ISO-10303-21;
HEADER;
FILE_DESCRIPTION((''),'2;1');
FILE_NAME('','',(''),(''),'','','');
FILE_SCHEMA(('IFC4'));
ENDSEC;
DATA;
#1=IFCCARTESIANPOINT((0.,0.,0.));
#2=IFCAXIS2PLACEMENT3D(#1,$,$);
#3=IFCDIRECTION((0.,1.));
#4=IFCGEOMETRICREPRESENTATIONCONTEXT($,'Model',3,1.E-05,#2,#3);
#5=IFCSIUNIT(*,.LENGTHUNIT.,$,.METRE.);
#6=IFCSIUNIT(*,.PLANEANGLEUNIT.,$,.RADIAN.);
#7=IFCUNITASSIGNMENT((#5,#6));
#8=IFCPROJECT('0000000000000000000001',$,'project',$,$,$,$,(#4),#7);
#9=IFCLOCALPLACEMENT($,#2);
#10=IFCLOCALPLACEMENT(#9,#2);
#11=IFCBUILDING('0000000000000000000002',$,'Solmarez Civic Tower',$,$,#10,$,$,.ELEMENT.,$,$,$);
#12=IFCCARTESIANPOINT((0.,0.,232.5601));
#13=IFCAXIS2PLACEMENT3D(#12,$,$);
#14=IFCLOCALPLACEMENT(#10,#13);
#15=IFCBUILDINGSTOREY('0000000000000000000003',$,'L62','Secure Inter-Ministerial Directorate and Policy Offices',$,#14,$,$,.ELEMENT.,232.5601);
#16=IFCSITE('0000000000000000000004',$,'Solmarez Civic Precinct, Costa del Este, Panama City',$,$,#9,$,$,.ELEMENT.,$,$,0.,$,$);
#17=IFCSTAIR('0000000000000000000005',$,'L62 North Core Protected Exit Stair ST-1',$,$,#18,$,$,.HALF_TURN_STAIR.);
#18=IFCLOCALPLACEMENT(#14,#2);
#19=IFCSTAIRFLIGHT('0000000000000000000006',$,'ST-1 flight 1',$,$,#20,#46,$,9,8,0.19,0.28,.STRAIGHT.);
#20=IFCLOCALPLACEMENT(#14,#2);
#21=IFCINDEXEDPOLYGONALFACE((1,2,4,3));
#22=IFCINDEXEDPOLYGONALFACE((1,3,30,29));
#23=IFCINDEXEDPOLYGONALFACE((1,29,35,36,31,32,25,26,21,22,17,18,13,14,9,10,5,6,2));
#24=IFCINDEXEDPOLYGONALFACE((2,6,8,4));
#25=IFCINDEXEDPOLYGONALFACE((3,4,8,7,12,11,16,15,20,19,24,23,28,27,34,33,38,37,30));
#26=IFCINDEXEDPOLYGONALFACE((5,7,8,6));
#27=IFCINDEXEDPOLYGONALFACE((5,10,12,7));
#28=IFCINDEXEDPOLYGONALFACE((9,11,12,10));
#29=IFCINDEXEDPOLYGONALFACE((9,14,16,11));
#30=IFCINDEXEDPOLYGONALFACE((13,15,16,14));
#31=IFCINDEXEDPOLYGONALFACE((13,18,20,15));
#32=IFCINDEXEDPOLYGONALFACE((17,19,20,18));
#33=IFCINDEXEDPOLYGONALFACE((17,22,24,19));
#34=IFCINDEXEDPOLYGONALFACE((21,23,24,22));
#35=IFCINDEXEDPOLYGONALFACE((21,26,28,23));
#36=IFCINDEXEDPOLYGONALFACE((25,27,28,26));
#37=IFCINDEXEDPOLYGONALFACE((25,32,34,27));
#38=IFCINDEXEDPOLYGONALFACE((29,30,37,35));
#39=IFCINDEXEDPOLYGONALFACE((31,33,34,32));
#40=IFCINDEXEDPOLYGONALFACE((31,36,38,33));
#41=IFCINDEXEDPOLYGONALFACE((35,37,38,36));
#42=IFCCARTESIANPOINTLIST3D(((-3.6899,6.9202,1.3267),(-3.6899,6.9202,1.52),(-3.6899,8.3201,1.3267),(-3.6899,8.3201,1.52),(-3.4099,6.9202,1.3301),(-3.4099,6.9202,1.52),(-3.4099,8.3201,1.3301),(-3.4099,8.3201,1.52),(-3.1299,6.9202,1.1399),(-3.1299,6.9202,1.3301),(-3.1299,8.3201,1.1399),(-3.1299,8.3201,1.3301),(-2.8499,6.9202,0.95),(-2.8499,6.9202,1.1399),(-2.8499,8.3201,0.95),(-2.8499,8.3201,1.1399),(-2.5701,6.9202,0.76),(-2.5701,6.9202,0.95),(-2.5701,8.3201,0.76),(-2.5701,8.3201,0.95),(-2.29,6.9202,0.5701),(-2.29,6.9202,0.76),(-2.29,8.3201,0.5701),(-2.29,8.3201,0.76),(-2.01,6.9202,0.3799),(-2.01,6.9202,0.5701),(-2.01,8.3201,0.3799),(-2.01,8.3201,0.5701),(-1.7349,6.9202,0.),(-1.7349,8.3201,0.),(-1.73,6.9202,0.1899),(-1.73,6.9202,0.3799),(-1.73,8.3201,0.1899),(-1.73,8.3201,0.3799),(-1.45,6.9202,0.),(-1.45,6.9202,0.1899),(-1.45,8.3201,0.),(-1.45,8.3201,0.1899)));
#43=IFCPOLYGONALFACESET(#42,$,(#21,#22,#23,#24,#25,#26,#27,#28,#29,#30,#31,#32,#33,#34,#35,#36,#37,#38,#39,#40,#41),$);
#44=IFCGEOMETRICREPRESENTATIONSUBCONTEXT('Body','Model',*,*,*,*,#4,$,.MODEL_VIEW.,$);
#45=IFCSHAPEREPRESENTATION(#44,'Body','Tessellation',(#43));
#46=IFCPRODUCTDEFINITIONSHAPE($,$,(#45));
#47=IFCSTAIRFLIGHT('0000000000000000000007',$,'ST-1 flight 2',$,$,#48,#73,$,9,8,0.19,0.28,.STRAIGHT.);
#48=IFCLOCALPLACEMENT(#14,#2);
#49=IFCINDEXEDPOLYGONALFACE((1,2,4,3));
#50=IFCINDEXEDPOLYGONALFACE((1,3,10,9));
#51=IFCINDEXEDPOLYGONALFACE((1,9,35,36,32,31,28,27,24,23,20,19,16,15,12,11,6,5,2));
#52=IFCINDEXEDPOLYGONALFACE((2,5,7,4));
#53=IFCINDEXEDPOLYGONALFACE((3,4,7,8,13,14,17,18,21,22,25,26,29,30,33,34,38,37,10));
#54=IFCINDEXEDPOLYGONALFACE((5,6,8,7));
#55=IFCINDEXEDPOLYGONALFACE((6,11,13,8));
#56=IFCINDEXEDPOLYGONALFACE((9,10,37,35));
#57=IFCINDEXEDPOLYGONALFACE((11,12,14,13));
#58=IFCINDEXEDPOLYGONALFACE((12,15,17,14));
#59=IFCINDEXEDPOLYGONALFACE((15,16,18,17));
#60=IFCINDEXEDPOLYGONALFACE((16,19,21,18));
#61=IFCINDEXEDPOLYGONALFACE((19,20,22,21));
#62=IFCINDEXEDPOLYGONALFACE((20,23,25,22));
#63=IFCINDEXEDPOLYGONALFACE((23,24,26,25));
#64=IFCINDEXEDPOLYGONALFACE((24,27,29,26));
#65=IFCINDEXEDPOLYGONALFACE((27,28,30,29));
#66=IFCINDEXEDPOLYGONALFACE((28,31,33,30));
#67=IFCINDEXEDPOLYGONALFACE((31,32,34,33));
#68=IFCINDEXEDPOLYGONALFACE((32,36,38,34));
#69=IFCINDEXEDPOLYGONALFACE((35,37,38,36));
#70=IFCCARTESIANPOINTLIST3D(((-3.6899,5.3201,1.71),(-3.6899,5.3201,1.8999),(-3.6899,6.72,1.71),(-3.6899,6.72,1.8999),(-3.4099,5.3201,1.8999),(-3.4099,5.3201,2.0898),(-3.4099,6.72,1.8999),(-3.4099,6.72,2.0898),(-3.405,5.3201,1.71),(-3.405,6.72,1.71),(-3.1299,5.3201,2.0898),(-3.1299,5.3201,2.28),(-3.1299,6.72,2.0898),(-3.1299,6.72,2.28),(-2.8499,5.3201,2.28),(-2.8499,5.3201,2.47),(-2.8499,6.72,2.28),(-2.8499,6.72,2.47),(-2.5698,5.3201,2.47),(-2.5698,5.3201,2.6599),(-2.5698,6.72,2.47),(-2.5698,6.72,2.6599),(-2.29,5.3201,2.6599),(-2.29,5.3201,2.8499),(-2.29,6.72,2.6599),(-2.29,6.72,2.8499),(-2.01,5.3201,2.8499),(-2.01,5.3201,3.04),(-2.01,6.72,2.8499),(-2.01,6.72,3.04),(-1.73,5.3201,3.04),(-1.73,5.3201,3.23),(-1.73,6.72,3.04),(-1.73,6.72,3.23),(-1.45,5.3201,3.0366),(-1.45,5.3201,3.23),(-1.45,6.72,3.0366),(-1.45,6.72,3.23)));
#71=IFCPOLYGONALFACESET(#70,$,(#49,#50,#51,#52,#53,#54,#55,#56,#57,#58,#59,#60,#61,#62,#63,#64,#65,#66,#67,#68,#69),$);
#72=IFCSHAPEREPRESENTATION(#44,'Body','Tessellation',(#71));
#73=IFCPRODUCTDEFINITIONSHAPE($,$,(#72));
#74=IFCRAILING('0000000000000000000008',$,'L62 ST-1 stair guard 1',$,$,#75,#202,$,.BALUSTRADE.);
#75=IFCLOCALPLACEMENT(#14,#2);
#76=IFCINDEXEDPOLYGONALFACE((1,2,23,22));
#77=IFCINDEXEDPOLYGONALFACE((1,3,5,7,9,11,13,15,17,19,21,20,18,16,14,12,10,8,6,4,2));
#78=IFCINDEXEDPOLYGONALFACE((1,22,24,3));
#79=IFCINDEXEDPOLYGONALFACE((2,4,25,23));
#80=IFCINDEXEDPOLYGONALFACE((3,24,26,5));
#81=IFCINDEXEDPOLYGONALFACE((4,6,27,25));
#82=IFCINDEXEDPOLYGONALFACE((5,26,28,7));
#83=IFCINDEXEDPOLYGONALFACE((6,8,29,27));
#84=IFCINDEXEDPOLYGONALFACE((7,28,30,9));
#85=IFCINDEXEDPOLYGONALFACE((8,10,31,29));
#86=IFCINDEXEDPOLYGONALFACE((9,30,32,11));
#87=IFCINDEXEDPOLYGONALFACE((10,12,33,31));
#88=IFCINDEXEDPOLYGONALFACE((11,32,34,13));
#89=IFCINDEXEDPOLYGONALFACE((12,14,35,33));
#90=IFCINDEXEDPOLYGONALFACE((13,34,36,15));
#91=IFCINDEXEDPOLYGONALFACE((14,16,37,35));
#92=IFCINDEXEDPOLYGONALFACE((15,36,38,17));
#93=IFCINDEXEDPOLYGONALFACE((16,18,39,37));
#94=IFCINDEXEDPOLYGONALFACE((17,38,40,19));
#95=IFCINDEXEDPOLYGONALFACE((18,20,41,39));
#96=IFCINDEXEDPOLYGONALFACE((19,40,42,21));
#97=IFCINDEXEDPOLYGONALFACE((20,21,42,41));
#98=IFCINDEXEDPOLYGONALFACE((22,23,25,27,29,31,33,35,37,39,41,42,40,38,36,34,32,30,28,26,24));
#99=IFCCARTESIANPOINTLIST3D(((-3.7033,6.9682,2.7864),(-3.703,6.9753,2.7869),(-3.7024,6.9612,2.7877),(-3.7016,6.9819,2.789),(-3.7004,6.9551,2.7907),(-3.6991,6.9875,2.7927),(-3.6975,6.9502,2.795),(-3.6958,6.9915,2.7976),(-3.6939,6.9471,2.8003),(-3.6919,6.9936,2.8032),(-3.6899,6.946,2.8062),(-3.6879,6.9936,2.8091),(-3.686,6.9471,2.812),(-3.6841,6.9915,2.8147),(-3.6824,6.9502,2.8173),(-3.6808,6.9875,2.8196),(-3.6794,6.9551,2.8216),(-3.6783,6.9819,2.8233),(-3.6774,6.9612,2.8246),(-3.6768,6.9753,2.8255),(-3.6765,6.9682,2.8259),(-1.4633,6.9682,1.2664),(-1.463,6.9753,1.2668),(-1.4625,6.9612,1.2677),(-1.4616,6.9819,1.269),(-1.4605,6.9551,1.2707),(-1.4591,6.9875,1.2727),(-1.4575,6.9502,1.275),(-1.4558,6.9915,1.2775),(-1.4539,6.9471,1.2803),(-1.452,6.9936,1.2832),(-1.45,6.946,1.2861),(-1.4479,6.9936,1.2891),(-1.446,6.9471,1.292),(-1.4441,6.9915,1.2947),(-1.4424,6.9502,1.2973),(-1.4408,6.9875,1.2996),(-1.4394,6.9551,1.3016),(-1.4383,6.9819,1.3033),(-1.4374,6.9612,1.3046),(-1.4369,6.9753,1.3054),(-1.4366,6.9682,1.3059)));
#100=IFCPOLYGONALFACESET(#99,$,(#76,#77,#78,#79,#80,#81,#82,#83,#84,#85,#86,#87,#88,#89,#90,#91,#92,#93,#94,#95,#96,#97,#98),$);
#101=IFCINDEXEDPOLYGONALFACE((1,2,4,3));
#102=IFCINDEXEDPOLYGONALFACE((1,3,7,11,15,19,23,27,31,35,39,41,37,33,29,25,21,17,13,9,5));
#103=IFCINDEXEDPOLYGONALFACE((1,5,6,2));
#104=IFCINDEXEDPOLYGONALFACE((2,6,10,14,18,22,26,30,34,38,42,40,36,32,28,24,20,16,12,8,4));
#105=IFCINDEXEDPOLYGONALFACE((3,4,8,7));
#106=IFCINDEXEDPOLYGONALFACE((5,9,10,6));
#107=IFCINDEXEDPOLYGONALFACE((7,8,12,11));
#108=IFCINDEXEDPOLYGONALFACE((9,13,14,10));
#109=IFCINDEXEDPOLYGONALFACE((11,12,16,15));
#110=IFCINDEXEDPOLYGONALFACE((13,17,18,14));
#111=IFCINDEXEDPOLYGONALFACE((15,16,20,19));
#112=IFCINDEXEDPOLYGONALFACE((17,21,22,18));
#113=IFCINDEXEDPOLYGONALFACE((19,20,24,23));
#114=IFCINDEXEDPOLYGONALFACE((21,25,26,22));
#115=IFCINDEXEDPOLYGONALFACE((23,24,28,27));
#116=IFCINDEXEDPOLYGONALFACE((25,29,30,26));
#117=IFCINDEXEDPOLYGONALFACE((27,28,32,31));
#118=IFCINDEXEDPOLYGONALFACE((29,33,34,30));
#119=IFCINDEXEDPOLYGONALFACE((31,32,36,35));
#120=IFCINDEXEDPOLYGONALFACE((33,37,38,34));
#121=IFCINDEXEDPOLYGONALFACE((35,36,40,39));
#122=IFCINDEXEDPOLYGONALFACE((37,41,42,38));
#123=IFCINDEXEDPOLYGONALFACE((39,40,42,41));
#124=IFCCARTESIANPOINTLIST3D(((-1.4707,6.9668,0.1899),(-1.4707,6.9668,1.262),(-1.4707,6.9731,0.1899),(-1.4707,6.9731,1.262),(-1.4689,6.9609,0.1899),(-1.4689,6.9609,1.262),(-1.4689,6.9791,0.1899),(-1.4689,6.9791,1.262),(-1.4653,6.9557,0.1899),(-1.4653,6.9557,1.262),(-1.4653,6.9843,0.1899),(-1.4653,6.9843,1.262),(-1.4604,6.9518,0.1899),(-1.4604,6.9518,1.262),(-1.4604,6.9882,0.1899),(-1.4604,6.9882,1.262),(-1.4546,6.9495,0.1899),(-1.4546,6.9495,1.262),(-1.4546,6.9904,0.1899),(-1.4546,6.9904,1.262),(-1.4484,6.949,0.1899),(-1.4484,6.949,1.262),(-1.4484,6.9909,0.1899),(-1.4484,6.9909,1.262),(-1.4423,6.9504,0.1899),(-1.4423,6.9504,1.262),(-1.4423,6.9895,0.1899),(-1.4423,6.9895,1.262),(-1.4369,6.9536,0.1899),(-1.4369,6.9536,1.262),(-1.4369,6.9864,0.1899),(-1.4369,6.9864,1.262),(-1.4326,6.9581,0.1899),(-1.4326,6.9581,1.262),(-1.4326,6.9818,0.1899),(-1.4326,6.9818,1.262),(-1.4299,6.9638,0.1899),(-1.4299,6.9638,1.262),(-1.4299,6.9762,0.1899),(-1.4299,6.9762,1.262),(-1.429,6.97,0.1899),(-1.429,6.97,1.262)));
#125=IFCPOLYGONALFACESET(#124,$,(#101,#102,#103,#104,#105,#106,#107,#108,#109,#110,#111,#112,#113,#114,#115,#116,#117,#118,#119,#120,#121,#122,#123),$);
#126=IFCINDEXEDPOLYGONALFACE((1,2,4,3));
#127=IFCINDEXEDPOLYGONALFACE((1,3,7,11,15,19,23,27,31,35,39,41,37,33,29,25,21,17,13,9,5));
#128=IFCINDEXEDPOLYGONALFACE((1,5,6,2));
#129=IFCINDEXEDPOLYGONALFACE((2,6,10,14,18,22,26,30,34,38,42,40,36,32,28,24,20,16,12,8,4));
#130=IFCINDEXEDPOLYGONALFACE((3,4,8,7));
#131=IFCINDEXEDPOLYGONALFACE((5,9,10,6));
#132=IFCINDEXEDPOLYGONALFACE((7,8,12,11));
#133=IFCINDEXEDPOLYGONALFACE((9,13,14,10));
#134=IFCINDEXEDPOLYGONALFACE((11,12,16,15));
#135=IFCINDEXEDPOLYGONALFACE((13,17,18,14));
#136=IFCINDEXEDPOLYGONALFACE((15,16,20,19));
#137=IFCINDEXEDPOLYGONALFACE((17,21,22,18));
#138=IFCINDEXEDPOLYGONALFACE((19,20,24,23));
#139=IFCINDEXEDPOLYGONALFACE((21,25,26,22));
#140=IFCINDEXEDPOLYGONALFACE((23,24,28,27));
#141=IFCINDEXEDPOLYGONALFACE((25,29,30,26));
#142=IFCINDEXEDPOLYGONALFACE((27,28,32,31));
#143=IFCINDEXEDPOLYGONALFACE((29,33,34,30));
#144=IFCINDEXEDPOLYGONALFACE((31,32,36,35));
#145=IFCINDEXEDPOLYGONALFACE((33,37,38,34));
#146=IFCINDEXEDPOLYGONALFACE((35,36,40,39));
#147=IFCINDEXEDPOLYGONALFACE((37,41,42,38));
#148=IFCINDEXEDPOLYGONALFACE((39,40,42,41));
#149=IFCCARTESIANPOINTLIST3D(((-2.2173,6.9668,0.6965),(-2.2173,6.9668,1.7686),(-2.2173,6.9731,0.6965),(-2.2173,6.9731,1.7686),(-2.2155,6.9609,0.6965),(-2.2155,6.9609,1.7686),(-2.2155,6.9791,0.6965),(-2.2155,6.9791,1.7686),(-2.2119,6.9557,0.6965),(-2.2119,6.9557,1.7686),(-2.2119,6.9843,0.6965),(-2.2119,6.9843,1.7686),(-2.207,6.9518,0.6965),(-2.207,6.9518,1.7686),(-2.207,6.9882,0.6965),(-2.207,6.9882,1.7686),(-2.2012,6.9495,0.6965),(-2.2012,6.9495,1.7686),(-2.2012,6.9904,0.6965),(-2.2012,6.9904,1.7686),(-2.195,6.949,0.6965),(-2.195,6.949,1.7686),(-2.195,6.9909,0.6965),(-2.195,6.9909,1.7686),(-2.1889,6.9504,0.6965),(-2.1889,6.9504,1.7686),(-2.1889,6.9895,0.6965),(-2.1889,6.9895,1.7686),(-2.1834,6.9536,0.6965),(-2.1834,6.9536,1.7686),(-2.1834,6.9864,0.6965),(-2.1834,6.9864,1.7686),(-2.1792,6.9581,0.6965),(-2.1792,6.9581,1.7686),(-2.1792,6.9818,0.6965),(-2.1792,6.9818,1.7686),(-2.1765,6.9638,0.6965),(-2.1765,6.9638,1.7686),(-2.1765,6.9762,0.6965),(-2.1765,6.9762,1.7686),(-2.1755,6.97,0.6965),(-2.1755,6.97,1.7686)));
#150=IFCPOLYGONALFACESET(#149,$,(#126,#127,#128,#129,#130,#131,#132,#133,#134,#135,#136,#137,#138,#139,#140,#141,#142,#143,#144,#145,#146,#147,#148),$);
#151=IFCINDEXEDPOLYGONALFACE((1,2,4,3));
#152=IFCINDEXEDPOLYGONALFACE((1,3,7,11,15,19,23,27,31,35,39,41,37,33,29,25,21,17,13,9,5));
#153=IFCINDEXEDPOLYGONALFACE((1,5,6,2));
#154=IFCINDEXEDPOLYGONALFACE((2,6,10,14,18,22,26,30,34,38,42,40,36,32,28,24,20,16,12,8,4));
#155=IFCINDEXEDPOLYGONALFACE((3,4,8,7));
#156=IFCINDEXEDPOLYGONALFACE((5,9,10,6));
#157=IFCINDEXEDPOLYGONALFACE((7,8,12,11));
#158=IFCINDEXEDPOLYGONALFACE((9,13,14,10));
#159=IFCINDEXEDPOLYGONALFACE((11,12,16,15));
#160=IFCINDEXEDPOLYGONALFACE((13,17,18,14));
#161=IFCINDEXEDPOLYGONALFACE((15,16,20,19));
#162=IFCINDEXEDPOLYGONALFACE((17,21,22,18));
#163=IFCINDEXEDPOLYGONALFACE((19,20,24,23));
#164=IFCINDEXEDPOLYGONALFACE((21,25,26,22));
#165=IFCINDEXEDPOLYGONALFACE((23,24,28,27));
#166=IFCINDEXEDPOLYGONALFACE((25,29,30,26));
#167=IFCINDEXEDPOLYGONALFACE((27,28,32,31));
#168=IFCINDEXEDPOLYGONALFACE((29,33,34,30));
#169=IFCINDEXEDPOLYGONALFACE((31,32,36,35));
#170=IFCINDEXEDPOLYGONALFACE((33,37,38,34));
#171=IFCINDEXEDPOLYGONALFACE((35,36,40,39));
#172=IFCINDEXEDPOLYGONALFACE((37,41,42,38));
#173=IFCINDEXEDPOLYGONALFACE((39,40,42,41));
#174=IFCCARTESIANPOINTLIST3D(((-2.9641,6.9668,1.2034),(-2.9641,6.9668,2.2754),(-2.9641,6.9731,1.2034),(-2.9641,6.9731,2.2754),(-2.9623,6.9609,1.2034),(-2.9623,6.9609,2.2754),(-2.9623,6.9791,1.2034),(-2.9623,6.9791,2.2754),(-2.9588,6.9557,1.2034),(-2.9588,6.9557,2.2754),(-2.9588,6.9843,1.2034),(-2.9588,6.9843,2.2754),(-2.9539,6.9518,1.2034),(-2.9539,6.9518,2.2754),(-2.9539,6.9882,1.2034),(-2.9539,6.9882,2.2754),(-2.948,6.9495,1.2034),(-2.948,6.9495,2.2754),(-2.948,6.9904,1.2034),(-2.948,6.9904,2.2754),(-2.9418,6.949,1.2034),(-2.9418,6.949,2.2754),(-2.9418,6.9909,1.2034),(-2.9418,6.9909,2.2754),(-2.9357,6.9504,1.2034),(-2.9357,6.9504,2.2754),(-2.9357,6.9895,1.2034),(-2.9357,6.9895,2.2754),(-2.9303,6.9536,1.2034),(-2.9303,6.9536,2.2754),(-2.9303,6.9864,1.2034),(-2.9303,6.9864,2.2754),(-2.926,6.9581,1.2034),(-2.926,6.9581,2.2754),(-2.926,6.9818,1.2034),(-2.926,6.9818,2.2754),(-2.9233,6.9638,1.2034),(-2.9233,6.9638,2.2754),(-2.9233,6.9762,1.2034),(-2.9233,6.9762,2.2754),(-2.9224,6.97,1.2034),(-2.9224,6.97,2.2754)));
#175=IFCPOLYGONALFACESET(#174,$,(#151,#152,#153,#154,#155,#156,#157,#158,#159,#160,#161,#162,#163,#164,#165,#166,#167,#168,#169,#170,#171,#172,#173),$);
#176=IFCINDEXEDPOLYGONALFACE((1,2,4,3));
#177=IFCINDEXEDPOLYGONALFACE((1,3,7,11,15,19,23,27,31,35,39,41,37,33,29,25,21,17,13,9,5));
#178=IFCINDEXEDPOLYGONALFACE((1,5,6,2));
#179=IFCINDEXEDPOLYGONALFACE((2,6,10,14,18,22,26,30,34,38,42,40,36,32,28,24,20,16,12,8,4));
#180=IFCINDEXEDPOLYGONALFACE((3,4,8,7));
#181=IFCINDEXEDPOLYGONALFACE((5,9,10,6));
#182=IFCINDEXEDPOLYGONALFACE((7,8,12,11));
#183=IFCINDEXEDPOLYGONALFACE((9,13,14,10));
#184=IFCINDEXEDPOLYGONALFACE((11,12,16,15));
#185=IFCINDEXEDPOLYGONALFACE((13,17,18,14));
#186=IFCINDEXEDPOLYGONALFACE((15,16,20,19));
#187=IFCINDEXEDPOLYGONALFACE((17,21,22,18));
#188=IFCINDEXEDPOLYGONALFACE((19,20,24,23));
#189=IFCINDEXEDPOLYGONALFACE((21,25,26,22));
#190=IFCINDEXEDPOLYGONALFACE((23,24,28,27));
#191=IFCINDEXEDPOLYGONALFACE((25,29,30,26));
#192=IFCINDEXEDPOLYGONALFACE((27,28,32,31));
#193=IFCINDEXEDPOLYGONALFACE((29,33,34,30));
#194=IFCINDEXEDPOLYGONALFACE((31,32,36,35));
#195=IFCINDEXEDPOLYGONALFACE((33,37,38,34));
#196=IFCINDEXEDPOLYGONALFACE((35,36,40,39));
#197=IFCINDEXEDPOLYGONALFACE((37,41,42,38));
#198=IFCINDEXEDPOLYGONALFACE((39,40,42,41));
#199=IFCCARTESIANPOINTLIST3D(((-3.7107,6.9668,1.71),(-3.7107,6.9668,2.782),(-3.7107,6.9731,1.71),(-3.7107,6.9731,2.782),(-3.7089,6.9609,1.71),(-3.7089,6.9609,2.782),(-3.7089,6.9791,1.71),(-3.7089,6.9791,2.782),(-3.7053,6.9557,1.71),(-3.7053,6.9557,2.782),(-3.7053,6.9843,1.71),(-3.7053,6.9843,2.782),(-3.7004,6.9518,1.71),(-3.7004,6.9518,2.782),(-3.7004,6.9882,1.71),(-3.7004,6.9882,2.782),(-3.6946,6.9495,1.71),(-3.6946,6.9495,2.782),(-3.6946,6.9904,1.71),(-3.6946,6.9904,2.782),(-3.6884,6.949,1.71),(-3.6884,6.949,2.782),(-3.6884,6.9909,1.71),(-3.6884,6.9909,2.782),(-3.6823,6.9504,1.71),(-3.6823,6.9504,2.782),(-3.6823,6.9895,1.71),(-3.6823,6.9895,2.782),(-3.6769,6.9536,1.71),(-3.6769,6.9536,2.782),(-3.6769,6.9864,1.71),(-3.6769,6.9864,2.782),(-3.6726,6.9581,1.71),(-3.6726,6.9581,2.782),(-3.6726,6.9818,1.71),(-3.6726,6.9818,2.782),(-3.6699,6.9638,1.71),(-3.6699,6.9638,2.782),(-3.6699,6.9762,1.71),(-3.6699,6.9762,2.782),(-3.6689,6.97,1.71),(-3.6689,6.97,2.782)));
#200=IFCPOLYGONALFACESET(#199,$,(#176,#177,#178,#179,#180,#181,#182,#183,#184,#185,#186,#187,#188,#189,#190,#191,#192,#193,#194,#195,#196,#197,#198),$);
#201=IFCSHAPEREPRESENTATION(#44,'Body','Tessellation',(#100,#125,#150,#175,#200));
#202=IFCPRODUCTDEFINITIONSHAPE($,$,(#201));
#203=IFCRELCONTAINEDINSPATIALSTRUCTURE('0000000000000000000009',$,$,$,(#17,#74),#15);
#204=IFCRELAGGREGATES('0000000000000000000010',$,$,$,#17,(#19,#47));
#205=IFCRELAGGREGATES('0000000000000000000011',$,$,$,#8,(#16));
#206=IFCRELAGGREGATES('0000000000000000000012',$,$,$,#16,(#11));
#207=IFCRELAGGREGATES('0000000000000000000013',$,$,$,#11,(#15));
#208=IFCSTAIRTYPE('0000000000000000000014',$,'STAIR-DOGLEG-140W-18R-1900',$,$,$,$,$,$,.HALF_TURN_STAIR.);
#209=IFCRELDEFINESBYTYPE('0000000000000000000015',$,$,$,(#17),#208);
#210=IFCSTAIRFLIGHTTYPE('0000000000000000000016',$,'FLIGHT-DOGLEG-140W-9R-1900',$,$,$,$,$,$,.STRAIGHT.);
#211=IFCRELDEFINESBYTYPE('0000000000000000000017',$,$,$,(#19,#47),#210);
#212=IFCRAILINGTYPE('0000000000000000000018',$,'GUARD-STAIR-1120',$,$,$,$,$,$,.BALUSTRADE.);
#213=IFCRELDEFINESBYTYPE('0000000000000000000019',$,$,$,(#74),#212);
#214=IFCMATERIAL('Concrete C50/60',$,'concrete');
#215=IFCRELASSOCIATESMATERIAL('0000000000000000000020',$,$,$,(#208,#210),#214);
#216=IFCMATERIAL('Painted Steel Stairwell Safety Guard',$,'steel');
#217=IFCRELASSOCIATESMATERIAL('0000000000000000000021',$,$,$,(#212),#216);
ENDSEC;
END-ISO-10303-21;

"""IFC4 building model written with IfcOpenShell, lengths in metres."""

from ifc_helpers import new_model, si_unit, direction, frame, origin, origin_2d, place, context, subcontext, project, spatial, polyline, circle, outline, extrude, material, type_object, element, aggregate, save


model = new_model("IFC4")

# Units and contexts
model_context = context("Model", 3, precision=1e-05, world=origin(), true_north=direction((0.0, 1.0)))
body_context = subcontext(model_context, "Body", "Model", "MODEL_VIEW")
ifc_project = project(units=[si_unit("LENGTHUNIT", "METRE"), si_unit("PLANEANGLEUNIT", "RADIAN")], contexts=[model_context])

# Site, building, storey
site_placement = place(None, origin())
site = spatial("IfcSite", under=ifc_project, at=site_placement, Name="Solmarez Civic Precinct, Costa del Este, Panama City", CompositionType="ELEMENT", RefElevation=0.0)
building_placement = place(site_placement, origin())
building = spatial("IfcBuilding", under=site, at=building_placement, Name="Solmarez Civic Tower", CompositionType="ELEMENT")
storey_placement = place(building_placement, frame((0.0, 0.0, 232.5601)))
storey = spatial("IfcBuildingStorey", under=building, at=storey_placement, Name="L62", Description="Secure Inter-Ministerial Directorate and Policy Offices", CompositionType="ELEMENT", Elevation=232.5601)

# Shared definitions
ifc_material_1 = material(Name="Concrete C50/60", Category="concrete")

# Stair, stair flights
stair_type = type_object("IfcStairType", Name="STAIR-DOGLEG-140W-18R-1900", PredefinedType="HALF_TURN_STAIR", material=ifc_material_1)
stair_placement = place(storey_placement, origin())
stair = element("IfcStair", 1, at=stair_placement, inside=storey, type_object=stair_type, Name="L62 North Core Protected Exit Stair ST-1", PredefinedType="HALF_TURN_STAIR")
stair_flight_type = type_object("IfcStairFlightType", Name="FLIGHT-DOGLEG-140W-9R-1900", PredefinedType="STRAIGHT", material=ifc_material_1)
stair_flight_1_placement = place(storey_placement, frame((-1.45, 7.6201, 0.0), z_axis=(0.0, 0.0, 1.0), x_axis=(-1.0, 0.0, 0.0)))
stair_flight_1 = element("IfcStairFlight", 2, at=stair_flight_1_placement, type_object=stair_flight_type, Name="ST-1 flight 1", NumberOfRisers=9, NumberOfTreads=8, PredefinedType="STRAIGHT", RiserHeight=0.19, TreadLength=0.28, context=body_context, shape_type="SweptSolid", body=[
    extrude(outline(polyline([(0.0, 0.0), (0.0, 0.1899), (0.28, 0.1899), (0.28, 0.3799), (0.5601, 0.3799), (0.5601, 0.5701), (0.8401, 0.5701), (0.8401, 0.76), (1.1201, 0.76), (1.1201, 0.95), (1.3999, 0.95), (1.3999, 1.1399), (1.6799, 1.1399), (1.6799, 1.3301), (1.96, 1.3301), (1.96, 1.52), (2.24, 1.52), (2.24, 1.71), (2.24, 1.3267), (0.2849, 0.0), (0.0, 0.0)])), frame((0.0, 0.7, 0.0), z_axis=(0.0, -1.0, 0.0), x_axis=(1.0, 0.0, 0.0)), (0.0, 0.0, 1.0), 1.3999),
])
stair_flight_2_placement = place(storey_placement, frame((-3.6899, 6.02, 1.71), z_axis=(0.0, 0.0, 1.0), x_axis=(1.0, 0.0, 0.0)))
stair_flight_2 = element("IfcStairFlight", 3, at=stair_flight_2_placement, type_object=stair_flight_type, Name="ST-1 flight 2", NumberOfRisers=9, NumberOfTreads=8, PredefinedType="STRAIGHT", RiserHeight=0.19, TreadLength=0.28, context=body_context, shape_type="SweptSolid", body=[
    extrude(outline(polyline([(0.0, 0.0), (0.0, 0.1899), (0.28, 0.1899), (0.28, 0.3799), (0.5601, 0.3799), (0.5601, 0.5701), (0.8401, 0.5701), (0.8401, 0.76), (1.1201, 0.76), (1.1201, 0.95), (1.3999, 0.95), (1.3999, 1.1399), (1.6799, 1.1399), (1.6799, 1.3301), (1.96, 1.3301), (1.96, 1.52), (2.24, 1.52), (2.24, 1.71), (2.24, 1.3267), (0.2849, 0.0), (0.0, 0.0)])), frame((0.0, 0.7, 0.0), z_axis=(0.0, -1.0, 0.0), x_axis=(1.0, 0.0, 0.0)), (0.0, 0.0, 1.0), 1.3999),
])
aggregate(stair, [stair_flight_1, stair_flight_2])

# Railing
ifc_material_2 = material(Name="Painted Steel Stairwell Safety Guard", Category="steel")
railing_type_1 = type_object("IfcRailingType", Name="GUARD-STAIR-1120", PredefinedType="BALUSTRADE", material=ifc_material_2)
railing_1_placement = place(storey_placement, frame((-1.45, 6.97, 0.1899)))
element("IfcRailing", 4, at=railing_1_placement, inside=storey, type_object=railing_type_1, Name="L62 ST-1 stair guard 1", PredefinedType="BALUSTRADE", context=body_context, shape_type="SweptSolid", body=[
    extrude(circle(Radius=0.0239, at=origin_2d()), frame((0.0, 0.0, 1.0962), z_axis=(-0.827471, 0.0, 0.561508), x_axis=(0.0, -1.0, 0.0)), (0.0, 0.0, 1.0), 2.707),
    extrude(circle(Radius=0.021, at=origin_2d()), origin(), (0.0, 0.0, 1.0), 1.072),
    extrude(circle(Radius=0.021, at=origin_2d()), frame((-0.7466, 0.0, 0.5066)), (0.0, 0.0, 1.0), 1.072),
    extrude(circle(Radius=0.021, at=origin_2d()), frame((-1.4934, 0.0, 1.0134)), (0.0, 0.0, 1.0), 1.072),
    extrude(circle(Radius=0.021, at=origin_2d()), frame((-2.24, 0.0, 1.52)), (0.0, 0.0, 1.0), 1.072),
])

save(model, "model.ifc")
